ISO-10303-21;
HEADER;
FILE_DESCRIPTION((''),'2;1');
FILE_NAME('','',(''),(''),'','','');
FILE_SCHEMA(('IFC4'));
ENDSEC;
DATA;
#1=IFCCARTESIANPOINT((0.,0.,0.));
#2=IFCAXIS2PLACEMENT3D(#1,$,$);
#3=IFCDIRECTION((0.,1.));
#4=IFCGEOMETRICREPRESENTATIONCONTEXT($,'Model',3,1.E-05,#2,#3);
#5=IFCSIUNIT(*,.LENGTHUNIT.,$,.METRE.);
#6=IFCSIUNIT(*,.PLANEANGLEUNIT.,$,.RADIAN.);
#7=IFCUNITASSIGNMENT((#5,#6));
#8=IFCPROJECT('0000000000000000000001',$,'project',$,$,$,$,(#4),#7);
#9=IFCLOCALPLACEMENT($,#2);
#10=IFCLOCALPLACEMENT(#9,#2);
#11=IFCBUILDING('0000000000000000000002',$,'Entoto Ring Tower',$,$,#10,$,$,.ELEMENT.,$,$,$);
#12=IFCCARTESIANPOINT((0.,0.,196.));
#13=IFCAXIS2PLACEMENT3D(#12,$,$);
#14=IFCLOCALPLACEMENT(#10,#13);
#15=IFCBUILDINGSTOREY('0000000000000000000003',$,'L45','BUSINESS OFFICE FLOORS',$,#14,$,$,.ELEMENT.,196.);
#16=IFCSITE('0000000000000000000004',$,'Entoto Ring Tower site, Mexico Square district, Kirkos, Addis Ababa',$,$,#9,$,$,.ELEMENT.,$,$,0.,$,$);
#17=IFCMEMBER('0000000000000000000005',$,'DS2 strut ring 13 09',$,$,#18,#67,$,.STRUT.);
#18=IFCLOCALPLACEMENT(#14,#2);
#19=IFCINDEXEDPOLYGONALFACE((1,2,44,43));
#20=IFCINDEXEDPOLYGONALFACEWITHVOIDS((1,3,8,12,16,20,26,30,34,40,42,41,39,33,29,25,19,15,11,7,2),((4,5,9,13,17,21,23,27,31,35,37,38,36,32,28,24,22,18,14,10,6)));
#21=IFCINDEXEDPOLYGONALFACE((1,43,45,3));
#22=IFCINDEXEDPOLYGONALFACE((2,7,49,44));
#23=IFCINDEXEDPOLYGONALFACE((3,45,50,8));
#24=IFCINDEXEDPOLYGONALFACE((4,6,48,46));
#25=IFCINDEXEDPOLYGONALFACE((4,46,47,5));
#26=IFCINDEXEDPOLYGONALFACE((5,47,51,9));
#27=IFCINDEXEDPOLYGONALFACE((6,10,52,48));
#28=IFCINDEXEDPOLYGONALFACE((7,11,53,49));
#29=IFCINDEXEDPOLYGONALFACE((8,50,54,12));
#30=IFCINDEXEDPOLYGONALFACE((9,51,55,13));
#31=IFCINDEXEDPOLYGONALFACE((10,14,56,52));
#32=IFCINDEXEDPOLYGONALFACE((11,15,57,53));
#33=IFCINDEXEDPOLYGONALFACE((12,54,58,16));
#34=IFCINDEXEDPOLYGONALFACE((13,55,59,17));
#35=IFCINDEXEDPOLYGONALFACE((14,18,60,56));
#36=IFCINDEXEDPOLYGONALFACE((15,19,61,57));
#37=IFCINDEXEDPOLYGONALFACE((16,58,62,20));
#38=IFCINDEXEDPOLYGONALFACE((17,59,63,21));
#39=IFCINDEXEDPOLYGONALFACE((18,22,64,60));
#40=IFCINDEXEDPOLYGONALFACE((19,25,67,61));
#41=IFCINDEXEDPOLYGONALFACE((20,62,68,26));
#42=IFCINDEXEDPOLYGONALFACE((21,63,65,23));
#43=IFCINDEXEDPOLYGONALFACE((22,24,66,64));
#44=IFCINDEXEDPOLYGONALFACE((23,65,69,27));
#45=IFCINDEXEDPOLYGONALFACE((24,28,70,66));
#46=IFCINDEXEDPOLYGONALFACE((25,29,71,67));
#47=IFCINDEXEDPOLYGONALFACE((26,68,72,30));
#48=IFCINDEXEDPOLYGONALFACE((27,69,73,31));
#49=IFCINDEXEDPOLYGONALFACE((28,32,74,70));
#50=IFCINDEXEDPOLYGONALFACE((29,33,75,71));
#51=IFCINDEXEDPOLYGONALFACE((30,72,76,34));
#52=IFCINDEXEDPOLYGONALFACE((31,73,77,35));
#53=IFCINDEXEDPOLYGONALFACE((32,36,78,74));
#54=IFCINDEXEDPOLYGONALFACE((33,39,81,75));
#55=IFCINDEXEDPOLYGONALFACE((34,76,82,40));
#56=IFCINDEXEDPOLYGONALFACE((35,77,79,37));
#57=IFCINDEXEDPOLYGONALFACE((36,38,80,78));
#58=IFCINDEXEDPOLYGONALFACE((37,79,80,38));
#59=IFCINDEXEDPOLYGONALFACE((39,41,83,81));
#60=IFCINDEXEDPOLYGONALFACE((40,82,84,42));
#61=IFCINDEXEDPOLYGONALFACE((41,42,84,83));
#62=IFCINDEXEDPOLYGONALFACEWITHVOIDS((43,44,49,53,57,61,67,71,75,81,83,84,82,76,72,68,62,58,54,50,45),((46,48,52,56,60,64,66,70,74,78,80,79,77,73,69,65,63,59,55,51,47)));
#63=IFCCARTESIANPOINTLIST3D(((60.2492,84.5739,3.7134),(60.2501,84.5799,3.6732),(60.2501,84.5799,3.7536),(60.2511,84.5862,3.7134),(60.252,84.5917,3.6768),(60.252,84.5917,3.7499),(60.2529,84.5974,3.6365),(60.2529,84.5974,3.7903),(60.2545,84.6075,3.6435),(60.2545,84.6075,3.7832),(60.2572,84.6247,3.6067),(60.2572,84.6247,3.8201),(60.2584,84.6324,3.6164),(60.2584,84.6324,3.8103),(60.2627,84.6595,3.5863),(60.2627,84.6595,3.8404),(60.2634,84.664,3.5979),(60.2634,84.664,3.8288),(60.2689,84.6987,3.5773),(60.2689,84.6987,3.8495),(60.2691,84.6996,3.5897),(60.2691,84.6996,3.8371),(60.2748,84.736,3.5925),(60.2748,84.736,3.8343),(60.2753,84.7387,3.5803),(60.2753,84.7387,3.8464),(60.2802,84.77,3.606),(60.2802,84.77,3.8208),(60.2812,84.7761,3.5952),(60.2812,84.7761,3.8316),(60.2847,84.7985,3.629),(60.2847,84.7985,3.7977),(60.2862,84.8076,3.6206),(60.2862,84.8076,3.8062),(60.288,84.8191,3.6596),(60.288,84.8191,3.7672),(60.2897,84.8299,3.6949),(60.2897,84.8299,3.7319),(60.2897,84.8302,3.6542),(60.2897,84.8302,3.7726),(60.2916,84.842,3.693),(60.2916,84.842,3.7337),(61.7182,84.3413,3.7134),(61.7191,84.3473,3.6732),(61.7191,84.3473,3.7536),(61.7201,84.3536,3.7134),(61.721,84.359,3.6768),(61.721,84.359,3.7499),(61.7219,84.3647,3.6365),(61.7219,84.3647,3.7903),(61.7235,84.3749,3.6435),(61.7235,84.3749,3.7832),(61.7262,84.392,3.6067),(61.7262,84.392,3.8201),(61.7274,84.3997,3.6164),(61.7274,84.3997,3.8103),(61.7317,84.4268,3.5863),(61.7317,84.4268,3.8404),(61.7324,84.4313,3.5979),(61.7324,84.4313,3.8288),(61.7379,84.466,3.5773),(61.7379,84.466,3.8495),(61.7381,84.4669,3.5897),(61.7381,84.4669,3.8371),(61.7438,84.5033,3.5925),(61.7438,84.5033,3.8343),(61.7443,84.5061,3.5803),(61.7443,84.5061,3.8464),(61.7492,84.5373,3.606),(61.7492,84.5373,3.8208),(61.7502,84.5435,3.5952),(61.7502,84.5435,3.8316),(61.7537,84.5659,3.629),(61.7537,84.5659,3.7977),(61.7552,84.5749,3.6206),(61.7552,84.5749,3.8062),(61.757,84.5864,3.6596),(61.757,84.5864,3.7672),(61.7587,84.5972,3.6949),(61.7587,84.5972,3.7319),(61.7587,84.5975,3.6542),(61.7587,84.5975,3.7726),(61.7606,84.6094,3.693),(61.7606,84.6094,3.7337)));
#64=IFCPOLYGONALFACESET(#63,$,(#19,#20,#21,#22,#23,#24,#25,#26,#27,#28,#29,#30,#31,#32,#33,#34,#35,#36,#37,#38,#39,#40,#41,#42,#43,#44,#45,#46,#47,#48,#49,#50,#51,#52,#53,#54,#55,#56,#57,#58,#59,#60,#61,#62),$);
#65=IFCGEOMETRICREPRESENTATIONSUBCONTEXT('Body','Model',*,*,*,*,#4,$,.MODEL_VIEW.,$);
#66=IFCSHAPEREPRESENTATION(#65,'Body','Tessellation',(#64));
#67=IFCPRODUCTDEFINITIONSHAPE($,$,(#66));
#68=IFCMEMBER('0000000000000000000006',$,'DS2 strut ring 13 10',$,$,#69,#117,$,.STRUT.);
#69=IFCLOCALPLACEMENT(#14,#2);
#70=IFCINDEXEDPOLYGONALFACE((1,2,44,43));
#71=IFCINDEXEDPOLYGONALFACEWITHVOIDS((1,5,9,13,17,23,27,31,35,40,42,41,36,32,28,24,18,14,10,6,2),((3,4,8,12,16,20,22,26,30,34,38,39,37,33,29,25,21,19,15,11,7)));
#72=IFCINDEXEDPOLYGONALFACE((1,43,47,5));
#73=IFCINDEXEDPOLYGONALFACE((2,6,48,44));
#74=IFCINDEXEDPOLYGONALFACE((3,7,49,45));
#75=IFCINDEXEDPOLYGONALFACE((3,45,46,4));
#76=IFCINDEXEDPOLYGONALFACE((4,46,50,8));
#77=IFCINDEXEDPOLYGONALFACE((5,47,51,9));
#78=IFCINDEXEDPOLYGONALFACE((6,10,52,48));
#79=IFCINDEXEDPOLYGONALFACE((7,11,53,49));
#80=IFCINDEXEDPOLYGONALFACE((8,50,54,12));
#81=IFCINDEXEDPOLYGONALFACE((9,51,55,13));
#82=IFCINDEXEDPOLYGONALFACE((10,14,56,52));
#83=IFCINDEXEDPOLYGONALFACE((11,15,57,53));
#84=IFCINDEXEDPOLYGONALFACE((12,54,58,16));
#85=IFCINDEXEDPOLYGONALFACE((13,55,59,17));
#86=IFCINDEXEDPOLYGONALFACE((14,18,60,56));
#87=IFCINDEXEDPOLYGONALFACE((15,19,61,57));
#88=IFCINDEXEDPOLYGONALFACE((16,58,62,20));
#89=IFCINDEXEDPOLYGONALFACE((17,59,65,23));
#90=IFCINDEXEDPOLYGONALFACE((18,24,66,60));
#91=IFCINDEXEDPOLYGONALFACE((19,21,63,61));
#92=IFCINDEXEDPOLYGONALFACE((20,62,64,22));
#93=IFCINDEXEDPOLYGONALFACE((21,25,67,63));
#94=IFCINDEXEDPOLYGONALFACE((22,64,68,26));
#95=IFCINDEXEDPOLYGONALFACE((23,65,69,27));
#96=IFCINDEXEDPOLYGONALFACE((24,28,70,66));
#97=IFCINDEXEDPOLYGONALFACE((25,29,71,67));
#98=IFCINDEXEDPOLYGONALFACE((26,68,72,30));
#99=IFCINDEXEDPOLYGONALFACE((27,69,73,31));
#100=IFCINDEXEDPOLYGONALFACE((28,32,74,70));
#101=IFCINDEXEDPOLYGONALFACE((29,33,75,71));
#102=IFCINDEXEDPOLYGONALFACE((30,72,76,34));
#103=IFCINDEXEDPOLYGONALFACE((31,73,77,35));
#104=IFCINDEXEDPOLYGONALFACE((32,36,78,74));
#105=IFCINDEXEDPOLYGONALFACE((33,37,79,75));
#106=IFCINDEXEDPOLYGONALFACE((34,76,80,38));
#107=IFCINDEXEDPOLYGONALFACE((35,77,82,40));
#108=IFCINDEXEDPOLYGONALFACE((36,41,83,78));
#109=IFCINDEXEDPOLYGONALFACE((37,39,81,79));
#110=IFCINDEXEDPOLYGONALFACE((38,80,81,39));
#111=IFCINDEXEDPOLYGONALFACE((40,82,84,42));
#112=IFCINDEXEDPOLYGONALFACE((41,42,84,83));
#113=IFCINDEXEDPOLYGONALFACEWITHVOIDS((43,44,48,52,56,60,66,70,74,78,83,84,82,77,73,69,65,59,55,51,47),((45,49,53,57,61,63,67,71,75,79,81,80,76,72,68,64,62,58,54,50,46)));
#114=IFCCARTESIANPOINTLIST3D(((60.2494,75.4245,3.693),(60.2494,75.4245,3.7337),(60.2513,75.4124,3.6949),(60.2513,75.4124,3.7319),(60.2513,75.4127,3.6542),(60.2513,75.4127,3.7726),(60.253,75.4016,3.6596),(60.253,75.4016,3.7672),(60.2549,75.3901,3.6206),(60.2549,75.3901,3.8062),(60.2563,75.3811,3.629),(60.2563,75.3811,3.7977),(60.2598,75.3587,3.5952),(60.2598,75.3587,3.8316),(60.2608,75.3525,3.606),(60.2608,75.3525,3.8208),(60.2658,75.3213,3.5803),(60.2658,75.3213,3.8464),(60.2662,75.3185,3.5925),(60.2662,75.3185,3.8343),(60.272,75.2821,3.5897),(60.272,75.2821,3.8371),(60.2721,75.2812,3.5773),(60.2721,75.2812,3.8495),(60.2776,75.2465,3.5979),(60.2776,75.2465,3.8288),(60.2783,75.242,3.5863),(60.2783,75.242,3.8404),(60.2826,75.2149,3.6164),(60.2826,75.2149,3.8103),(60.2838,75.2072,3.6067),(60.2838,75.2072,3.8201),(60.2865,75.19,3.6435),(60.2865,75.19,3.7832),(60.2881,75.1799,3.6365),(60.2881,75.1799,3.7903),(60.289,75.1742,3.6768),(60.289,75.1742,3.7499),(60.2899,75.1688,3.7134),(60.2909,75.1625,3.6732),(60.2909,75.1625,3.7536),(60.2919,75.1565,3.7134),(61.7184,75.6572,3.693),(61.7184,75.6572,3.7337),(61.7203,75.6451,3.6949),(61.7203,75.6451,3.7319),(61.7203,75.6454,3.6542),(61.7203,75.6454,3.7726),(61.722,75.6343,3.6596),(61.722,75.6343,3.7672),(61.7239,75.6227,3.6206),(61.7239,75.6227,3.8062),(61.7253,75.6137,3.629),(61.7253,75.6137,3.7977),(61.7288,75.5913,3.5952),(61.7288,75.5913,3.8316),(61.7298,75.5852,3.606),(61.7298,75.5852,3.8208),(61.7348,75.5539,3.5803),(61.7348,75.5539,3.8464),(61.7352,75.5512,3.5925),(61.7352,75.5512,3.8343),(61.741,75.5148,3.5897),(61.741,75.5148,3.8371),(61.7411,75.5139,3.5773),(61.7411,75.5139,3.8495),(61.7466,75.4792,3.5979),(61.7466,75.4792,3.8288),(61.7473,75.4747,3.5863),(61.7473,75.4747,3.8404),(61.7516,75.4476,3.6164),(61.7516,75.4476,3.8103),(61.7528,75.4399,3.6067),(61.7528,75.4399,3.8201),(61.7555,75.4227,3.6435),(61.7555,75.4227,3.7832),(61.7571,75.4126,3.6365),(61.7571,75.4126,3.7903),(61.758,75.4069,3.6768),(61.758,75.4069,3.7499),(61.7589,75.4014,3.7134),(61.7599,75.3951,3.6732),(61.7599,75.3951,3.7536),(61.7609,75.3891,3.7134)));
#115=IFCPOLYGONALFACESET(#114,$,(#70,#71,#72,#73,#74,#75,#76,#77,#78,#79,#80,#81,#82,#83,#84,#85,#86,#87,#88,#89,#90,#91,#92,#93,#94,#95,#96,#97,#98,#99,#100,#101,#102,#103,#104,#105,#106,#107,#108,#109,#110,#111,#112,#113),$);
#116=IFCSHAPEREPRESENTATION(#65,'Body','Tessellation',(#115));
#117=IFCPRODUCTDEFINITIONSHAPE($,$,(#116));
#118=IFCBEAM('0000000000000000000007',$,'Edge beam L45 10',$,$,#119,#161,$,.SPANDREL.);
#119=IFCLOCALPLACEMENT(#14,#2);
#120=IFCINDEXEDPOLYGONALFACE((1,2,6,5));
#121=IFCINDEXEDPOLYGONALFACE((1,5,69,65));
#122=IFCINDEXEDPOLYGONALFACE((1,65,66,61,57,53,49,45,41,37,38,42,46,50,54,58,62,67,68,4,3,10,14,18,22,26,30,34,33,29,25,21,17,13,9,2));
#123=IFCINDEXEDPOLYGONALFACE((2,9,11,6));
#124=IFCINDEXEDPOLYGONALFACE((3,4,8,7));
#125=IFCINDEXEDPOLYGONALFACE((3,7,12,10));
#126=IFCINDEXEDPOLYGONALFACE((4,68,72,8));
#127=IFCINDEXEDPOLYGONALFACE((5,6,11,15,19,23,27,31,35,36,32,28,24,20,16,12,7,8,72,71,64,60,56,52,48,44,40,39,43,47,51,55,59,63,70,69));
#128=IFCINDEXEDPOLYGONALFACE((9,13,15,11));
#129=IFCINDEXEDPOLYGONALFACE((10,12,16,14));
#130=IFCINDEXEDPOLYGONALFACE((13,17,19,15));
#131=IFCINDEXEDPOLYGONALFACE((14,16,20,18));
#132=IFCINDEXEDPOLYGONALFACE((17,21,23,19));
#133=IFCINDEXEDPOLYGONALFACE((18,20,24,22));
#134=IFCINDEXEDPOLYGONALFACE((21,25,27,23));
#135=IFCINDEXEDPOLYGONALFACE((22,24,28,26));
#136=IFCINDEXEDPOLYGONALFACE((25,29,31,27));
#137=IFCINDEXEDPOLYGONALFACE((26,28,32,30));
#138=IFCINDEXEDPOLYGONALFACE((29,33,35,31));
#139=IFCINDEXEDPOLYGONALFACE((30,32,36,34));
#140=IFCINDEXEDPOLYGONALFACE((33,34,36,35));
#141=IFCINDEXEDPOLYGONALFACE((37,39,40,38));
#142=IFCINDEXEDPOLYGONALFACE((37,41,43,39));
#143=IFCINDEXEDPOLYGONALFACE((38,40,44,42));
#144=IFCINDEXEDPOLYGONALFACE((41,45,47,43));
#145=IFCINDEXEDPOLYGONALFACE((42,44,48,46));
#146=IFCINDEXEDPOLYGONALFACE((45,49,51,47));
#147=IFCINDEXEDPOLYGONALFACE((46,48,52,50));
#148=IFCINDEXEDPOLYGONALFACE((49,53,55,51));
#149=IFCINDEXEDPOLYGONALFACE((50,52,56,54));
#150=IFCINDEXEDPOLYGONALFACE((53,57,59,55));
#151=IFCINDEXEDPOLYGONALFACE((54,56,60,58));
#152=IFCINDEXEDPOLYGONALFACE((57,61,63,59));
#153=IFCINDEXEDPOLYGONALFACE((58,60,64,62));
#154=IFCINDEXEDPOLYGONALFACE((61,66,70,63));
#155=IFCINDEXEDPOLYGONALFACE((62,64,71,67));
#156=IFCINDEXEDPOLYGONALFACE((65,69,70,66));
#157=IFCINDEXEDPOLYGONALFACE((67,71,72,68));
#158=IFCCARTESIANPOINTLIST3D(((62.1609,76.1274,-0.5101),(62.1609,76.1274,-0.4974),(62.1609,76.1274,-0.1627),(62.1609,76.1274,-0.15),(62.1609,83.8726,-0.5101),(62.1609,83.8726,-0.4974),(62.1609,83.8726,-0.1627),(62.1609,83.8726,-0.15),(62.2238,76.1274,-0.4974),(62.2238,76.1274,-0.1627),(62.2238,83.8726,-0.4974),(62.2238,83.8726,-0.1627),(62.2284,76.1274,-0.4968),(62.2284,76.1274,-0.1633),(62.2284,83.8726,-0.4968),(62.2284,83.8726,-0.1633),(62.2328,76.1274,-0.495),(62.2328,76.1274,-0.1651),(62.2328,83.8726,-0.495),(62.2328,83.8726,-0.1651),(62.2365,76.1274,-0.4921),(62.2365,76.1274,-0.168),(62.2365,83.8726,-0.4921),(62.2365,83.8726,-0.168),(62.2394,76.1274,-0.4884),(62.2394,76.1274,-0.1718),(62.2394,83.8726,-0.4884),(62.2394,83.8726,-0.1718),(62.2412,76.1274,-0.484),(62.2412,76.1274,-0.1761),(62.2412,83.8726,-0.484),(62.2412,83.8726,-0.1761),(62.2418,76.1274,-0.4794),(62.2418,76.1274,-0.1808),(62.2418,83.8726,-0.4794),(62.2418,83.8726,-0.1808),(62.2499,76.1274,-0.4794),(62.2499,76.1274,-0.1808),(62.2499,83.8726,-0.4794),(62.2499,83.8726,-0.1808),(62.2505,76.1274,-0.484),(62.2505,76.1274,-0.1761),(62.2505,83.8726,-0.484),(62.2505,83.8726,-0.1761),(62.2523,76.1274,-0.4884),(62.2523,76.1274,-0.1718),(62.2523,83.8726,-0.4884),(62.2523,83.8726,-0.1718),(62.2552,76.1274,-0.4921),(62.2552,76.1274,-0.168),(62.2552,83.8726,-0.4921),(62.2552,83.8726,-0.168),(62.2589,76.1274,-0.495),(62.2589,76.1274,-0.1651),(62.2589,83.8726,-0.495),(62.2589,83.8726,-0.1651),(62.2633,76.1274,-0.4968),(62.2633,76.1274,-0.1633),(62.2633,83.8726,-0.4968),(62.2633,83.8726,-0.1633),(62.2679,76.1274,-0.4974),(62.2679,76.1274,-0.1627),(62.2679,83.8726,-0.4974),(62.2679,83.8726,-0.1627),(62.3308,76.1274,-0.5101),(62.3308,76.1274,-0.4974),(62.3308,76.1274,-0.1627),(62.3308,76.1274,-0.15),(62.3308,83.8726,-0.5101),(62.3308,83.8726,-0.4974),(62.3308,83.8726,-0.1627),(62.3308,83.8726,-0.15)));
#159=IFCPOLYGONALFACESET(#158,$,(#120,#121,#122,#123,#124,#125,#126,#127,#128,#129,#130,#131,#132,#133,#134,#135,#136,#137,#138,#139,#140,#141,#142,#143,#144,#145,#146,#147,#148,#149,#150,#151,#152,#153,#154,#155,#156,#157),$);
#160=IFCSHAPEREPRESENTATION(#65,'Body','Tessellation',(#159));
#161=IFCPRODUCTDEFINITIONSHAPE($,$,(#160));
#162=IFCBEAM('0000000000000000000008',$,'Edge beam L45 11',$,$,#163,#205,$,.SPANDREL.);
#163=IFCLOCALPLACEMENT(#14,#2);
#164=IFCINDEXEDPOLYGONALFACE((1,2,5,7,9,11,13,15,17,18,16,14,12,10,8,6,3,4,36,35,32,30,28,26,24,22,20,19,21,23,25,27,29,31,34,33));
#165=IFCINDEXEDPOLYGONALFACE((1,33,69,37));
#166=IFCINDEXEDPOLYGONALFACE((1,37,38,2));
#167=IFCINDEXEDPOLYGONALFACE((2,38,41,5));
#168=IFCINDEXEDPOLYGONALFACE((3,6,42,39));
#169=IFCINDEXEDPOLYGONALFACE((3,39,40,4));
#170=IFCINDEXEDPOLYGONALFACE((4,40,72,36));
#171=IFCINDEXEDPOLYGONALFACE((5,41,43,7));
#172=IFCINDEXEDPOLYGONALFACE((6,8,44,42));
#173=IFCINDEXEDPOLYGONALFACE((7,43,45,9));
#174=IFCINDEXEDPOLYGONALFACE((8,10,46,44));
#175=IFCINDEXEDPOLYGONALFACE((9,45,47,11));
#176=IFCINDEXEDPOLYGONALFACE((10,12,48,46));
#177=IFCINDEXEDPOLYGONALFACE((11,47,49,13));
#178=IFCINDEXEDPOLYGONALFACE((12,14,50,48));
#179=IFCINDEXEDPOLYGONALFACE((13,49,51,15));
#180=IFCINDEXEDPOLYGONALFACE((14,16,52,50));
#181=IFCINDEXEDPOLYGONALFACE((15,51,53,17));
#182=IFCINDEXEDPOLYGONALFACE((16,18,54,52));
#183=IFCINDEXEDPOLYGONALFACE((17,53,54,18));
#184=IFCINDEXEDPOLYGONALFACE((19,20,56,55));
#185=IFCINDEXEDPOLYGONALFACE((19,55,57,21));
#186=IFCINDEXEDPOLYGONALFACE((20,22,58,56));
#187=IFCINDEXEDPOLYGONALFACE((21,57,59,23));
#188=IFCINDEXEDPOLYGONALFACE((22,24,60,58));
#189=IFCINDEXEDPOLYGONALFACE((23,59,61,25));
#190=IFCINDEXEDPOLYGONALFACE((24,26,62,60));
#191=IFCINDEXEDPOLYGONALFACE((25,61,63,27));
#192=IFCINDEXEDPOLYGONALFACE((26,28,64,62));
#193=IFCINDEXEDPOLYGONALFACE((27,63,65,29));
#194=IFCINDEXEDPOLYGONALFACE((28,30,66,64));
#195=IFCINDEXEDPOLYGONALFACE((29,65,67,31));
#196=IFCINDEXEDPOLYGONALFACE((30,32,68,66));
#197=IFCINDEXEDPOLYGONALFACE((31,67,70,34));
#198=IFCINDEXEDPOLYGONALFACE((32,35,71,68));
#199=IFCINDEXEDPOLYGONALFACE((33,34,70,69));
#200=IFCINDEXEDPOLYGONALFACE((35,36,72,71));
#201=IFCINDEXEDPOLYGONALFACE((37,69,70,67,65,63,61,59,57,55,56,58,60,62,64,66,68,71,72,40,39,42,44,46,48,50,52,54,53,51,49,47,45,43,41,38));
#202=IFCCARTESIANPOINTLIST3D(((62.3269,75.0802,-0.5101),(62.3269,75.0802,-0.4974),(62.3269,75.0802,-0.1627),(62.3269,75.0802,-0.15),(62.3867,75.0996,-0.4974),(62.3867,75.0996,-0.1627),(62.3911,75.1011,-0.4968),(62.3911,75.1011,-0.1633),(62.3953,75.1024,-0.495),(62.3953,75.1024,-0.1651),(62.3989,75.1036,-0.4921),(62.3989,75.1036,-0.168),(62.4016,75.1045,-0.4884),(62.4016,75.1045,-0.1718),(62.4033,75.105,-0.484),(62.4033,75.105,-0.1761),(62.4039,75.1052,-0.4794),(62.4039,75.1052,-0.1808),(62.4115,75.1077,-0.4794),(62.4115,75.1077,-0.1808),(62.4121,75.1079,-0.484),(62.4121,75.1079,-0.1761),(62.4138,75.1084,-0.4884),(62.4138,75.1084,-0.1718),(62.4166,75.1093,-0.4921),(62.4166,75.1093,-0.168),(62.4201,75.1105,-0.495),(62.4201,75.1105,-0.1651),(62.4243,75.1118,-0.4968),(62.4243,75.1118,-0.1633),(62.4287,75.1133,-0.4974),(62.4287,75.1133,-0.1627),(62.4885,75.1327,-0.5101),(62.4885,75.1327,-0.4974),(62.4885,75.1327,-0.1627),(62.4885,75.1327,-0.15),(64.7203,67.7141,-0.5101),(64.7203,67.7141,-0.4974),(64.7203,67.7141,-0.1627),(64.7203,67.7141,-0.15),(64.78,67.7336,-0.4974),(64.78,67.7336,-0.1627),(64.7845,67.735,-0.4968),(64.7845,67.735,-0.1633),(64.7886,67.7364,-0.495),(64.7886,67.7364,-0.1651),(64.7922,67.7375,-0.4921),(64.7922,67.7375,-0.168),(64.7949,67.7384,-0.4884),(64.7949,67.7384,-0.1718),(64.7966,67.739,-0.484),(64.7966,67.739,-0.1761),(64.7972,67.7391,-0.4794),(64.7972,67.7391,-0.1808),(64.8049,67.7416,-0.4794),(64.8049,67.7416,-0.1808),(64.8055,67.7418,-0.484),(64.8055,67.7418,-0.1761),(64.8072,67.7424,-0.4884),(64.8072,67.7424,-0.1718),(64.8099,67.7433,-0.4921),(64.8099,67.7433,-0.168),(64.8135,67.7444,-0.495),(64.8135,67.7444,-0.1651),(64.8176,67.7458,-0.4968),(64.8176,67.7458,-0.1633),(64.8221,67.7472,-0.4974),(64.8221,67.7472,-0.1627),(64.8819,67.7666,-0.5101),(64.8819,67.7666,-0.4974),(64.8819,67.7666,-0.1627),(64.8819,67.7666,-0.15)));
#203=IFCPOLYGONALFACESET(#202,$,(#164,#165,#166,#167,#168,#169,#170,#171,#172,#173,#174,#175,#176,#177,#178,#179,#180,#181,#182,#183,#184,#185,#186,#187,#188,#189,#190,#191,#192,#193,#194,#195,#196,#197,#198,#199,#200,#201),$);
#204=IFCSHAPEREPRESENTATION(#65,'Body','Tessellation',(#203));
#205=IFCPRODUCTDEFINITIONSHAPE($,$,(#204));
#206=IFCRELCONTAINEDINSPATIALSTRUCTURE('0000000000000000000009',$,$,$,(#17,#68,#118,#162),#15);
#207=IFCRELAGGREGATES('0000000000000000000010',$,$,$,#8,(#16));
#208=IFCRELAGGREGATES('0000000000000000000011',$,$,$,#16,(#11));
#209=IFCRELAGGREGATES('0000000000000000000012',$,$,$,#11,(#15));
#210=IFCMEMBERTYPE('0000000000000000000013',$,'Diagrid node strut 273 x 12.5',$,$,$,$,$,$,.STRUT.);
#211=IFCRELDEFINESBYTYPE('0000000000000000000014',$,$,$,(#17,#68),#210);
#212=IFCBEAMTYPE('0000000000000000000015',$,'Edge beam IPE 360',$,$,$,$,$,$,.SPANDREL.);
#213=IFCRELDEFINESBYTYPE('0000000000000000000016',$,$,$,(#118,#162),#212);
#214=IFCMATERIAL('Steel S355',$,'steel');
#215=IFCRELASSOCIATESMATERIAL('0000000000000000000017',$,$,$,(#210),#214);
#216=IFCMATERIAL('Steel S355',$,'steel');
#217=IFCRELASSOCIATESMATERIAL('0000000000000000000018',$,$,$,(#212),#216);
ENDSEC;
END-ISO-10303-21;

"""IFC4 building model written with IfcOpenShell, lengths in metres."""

from ifc_helpers import new_model, si_unit, direction, frame, origin, origin_2d, place, context, subcontext, project, spatial, circle, hollow_circle, i_section, extrude, material, material_profile, profile_set, type_object, element, save


model = new_model("IFC4")

# Units and contexts
model_context = context("Model", 3, precision=1e-05, world=origin(), true_north=direction((0.0, 1.0)))
body_context = subcontext(model_context, "Body", "Model", "MODEL_VIEW")
ifc_project = project(units=[si_unit("LENGTHUNIT", "METRE"), si_unit("PLANEANGLEUNIT", "RADIAN")], contexts=[model_context])

# Site, building, storey
site_placement = place(None, origin())
site = spatial("IfcSite", under=ifc_project, at=site_placement, Name="Entoto Ring Tower site, Mexico Square district, Kirkos, Addis Ababa", CompositionType="ELEMENT", RefElevation=0.0)
building_placement = place(site_placement, origin())
building = spatial("IfcBuilding", under=site, at=building_placement, Name="Entoto Ring Tower", CompositionType="ELEMENT")
storey_placement = place(building_placement, frame((0.0, 0.0, 196.0)))
storey = spatial("IfcBuildingStorey", under=building, at=storey_placement, Name="L45", Description="BUSINESS OFFICE FLOORS", CompositionType="ELEMENT", Elevation=196.0)

# Members
ifc_material_1 = material(Name="Steel S355", Category="steel")
ifc_material_profile_1 = material_profile(ifc_material_1, hollow_circle(Radius=0.1365, WallThickness=0.0125, at=origin_2d()), Name="CHS 273 x 12.5")
ifc_material_2 = material(Name="Concrete C60/75", Category="concrete")
ifc_material_profile_2 = material_profile(ifc_material_2, circle(Radius=0.124, at=origin_2d()), Name="Concrete C60/75 infill")
ifc_profile_set_1 = profile_set([ifc_material_profile_1, ifc_material_profile_2], Name="Steel S355")
member_type = type_object("IfcMemberType", Name="Diagrid node strut 273 x 12.5", PredefinedType="STRUT", material=ifc_profile_set_1)
for number, where, z_axis, x_axis, name in (
    (1, (61.7395, 84.4761, 3.7134), (-0.987688, 0.156435, 0.0), (-0.156435, -0.987688, 0.0), "DS2 strut ring 13 09"),
    (2, (61.7395, 75.5239, 3.7134), (-0.987688, -0.156435, 0.0), (0.156435, -0.987688, 0.0), "DS2 strut ring 13 10"),
):
    element("IfcMember", number, at=place(storey_placement, frame(where, z_axis=z_axis, x_axis=x_axis)), inside=storey, type_object=member_type, Name=name, PredefinedType="STRUT", context=body_context, shape_type="SweptSolid", body=[
        extrude(hollow_circle(Radius=0.1365, WallThickness=0.0125, at=origin_2d()), origin(), (0.0, 0.0, 1.0), 1.4873),
    ])

# Beams
ifc_material_3 = material(Name="Steel S355", Category="steel")
ifc_material_profile_3 = material_profile(ifc_material_3, i_section(OverallWidth=0.1699, OverallDepth=0.3601, WebThickness=0.0081, FlangeThickness=0.0127, FilletRadius=0.0181, at=origin_2d()), Name="IPE 360")
ifc_profile_set_2 = profile_set([ifc_material_profile_3], Name="Steel S355")
beam_type_1 = type_object("IfcBeamType", Name="Edge beam IPE 360", PredefinedType="SPANDREL", material=ifc_profile_set_2)
for number, where, z_axis, x_axis, name in (
    (3, (62.2458, 83.8726, -0.3301), (0.0, -1.0, 0.0), (1.0, 0.0, 0.0), "Edge beam L45 10"),
    (4, (62.4077, 75.1064, -0.3301), (0.309013, -0.951058, 0.0), (0.951058, 0.309013, 0.0), "Edge beam L45 11"),
):
    element("IfcBeam", number, at=place(storey_placement, frame(where, z_axis=z_axis, x_axis=x_axis)), inside=storey, type_object=beam_type_1, Name=name, PredefinedType="SPANDREL", context=body_context, shape_type="SweptSolid", body=[
        extrude(i_section(OverallWidth=0.1699, OverallDepth=0.3601, WebThickness=0.0081, FlangeThickness=0.0127, FilletRadius=0.0181, at=origin_2d()), origin(), (0.0, 0.0, 1.0), 7.7451),
    ])

save(model, "model.ifc")
